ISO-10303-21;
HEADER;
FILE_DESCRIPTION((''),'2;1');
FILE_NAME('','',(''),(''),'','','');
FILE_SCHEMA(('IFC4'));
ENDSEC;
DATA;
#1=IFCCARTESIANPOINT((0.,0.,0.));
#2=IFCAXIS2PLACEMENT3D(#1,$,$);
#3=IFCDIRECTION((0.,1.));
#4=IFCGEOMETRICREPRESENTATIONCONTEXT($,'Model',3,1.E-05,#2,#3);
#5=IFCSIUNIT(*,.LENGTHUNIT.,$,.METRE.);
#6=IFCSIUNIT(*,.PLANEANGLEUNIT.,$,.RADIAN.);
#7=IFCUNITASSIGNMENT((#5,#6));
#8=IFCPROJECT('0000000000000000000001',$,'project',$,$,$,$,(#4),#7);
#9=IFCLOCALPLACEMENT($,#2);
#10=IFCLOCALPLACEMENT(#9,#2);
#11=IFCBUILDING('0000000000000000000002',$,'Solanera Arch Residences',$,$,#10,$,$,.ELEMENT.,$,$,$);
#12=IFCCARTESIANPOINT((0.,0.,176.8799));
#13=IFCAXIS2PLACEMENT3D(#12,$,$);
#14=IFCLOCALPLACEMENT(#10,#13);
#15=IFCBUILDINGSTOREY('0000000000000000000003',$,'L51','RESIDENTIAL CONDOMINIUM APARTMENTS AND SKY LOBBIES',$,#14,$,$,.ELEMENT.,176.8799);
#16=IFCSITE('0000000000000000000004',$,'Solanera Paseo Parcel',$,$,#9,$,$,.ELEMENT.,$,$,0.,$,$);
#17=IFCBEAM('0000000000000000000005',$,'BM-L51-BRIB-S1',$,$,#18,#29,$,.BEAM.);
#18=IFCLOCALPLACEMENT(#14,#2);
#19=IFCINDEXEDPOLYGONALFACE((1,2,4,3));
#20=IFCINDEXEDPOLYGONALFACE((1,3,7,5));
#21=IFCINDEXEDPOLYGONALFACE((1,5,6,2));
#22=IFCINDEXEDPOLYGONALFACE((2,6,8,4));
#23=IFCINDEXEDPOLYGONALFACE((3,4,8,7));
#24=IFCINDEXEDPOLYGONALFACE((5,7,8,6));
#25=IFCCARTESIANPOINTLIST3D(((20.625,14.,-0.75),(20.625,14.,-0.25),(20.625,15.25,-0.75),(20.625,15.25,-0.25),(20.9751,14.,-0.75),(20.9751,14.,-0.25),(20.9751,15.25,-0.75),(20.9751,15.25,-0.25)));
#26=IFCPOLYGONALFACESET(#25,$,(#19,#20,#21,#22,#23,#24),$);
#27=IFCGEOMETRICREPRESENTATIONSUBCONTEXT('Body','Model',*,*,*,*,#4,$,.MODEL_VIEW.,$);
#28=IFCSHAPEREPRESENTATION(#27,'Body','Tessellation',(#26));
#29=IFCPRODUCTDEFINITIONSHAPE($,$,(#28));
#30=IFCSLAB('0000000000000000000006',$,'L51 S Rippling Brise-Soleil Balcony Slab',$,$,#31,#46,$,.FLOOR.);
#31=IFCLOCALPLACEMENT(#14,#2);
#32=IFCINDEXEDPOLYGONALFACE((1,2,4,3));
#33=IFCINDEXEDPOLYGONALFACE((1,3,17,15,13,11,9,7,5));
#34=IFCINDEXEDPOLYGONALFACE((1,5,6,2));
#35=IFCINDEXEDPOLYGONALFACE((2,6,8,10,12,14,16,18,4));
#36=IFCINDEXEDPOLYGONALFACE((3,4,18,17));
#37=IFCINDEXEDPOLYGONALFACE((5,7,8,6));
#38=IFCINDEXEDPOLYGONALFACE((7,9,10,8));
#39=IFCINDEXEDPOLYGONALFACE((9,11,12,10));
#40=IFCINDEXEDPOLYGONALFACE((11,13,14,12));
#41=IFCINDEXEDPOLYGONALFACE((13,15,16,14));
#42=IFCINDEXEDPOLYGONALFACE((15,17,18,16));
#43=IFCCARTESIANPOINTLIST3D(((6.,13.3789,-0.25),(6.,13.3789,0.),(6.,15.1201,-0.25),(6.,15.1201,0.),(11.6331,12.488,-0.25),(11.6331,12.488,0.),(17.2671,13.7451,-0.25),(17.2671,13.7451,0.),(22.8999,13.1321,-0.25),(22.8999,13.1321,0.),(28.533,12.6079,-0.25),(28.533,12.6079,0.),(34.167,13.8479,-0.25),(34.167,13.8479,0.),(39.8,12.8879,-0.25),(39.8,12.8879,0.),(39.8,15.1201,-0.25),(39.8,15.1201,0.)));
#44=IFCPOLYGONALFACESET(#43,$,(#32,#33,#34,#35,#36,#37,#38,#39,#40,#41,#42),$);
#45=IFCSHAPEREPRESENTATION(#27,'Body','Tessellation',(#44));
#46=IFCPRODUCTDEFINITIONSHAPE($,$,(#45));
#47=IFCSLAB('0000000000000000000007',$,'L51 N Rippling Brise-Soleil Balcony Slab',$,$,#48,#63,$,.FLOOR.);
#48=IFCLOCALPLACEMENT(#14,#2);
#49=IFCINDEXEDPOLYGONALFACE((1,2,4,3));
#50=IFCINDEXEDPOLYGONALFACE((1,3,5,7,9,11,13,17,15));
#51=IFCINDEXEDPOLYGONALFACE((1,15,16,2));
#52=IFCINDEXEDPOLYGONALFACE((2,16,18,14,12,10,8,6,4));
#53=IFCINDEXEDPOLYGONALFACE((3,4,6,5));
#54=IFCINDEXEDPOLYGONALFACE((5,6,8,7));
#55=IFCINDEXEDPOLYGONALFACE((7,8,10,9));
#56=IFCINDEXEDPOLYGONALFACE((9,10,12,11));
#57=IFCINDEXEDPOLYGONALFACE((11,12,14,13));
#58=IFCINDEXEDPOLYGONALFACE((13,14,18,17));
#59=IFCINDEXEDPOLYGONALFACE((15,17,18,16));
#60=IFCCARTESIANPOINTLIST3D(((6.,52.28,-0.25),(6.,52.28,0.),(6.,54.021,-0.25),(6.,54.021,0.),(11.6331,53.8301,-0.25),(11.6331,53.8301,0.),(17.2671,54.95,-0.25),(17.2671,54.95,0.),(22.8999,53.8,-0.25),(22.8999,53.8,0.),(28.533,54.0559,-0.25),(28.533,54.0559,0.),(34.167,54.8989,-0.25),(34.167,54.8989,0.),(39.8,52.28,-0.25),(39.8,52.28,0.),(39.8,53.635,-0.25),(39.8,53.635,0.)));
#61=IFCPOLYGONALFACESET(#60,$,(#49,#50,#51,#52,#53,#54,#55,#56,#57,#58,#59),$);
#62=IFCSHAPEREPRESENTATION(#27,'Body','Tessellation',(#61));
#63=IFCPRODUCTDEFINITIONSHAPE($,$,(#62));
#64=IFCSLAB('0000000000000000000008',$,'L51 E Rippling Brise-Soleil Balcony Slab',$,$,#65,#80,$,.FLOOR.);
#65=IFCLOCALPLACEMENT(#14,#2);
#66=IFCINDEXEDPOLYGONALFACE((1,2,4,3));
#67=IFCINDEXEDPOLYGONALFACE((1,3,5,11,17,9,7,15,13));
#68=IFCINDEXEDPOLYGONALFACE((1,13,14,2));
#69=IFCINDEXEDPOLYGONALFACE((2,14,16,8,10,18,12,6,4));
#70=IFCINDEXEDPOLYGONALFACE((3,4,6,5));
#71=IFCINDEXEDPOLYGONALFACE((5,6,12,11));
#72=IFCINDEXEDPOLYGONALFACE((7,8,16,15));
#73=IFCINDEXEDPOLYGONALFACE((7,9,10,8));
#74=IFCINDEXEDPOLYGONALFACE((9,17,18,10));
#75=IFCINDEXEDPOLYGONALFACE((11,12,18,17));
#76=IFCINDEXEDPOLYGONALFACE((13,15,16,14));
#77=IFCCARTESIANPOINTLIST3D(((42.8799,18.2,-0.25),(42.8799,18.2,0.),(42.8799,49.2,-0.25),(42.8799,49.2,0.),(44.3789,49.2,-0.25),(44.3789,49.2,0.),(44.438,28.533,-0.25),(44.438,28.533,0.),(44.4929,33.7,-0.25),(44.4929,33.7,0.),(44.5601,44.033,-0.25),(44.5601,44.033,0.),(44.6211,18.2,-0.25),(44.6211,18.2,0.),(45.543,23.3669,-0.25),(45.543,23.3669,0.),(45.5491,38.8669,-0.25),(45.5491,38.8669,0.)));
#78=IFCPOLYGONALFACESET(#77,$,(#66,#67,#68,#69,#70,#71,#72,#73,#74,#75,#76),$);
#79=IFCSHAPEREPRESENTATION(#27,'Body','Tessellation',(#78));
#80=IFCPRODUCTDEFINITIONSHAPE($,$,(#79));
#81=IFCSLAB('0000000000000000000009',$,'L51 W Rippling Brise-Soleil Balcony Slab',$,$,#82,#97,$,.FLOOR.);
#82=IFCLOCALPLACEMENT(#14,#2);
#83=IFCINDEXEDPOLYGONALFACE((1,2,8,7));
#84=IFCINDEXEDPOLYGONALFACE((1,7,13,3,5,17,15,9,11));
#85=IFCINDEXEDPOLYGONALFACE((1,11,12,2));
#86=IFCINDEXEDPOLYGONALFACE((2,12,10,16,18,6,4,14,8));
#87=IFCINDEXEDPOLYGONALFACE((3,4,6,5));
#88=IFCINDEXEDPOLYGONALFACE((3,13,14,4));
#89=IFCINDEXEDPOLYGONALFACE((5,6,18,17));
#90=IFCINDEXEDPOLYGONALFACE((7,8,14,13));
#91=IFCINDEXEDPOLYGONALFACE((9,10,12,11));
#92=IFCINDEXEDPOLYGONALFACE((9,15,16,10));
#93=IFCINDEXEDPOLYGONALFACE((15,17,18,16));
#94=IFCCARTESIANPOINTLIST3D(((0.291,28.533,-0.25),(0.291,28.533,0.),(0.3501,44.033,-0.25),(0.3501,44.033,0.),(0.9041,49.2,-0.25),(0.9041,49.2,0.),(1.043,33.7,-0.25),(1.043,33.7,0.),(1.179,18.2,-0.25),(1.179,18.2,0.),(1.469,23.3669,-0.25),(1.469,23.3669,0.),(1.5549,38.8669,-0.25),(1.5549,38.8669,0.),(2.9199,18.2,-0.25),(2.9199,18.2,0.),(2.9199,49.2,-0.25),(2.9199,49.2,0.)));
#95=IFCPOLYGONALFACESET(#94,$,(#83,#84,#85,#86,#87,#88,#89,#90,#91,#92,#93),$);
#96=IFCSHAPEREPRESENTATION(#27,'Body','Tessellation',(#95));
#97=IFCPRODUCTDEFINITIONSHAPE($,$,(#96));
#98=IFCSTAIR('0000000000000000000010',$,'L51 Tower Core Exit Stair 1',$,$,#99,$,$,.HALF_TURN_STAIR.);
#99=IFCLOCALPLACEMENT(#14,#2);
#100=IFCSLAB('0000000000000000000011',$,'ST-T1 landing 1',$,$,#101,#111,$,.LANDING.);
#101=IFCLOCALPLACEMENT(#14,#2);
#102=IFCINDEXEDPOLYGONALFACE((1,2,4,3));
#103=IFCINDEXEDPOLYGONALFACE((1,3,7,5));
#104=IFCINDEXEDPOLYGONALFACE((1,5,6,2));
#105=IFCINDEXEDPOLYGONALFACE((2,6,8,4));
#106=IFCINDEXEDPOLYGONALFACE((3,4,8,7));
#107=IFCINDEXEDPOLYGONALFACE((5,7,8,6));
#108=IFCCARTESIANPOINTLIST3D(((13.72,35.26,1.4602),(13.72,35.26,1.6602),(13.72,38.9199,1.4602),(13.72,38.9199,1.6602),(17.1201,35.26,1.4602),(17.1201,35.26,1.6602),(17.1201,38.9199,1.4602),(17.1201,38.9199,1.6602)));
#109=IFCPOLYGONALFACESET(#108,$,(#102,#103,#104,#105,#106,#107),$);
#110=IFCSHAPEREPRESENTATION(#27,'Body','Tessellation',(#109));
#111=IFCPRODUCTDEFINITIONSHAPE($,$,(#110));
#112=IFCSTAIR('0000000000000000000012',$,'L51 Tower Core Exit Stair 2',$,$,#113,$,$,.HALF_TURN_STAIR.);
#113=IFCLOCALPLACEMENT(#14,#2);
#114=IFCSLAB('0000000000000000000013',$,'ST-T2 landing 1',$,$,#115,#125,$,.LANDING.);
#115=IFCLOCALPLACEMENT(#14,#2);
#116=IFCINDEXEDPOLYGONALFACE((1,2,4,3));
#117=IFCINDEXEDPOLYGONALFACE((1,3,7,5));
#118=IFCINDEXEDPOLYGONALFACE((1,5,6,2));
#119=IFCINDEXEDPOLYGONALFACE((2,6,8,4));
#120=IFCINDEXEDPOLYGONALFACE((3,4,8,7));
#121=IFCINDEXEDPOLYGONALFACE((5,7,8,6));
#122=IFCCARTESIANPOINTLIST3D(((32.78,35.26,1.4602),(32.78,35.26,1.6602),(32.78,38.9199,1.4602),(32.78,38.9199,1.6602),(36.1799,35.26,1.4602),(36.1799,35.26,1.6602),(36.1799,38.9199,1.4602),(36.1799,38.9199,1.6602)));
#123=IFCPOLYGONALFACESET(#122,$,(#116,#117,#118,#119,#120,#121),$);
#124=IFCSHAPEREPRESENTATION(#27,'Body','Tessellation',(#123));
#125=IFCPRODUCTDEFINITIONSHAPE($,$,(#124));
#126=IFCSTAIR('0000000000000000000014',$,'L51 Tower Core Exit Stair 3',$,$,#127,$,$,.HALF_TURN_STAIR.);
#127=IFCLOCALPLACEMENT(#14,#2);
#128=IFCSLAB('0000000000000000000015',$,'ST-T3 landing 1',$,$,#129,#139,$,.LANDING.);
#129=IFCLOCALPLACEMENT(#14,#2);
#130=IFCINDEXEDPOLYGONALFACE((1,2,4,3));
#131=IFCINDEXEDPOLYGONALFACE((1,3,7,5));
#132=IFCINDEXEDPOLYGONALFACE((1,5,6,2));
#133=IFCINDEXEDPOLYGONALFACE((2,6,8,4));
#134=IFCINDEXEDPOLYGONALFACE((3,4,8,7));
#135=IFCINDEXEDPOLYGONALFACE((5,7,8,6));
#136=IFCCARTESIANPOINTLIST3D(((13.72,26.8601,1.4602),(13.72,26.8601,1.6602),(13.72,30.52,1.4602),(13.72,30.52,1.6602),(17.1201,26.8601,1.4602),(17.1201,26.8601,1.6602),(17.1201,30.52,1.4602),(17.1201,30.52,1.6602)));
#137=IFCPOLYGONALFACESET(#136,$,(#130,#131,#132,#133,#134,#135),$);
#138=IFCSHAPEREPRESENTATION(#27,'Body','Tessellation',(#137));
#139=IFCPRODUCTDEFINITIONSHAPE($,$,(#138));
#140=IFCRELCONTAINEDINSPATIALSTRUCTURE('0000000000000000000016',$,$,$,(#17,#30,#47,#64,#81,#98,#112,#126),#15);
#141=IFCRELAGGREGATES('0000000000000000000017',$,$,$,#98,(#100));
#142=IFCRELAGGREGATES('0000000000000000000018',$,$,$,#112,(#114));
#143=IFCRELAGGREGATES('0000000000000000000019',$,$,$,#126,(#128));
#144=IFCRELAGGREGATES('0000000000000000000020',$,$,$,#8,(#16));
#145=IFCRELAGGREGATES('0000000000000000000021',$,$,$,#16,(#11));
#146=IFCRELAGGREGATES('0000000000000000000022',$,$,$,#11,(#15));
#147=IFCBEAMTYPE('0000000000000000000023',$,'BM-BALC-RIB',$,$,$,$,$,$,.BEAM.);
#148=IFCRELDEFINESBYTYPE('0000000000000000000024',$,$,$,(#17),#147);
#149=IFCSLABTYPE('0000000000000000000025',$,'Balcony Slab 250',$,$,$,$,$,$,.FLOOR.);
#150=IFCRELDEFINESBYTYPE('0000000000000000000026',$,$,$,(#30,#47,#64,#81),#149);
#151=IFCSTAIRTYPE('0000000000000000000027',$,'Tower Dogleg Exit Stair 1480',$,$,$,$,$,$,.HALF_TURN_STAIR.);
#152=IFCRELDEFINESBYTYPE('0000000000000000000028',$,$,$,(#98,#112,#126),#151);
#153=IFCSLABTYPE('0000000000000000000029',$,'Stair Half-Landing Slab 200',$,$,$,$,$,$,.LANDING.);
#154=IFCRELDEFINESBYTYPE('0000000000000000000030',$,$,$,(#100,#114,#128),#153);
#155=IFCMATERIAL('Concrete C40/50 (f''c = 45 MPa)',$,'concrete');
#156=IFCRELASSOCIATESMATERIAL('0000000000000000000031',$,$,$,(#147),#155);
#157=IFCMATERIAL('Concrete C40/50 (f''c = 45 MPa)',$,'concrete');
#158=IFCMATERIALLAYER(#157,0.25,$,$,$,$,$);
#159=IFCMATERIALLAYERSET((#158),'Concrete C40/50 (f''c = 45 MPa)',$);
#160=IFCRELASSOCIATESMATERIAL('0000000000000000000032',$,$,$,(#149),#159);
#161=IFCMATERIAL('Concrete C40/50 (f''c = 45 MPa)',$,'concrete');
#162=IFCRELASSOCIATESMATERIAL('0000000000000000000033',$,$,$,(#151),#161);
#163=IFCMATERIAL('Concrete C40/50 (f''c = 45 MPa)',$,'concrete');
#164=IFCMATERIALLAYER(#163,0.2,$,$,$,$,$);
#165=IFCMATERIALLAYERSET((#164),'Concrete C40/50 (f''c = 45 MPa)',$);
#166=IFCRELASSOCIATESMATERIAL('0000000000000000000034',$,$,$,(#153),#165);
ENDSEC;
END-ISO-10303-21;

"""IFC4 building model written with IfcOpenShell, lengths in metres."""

from ifc_helpers import new_model, si_unit, direction, frame, origin, origin_2d, place, context, subcontext, project, spatial, polyline, rectangle, outline, extrude, material, layer, layer_set, material_profile, profile_set, type_object, element, aggregate, save


model = new_model("IFC4")

# Units and contexts
model_context = context("Model", 3, precision=1e-05, world=origin(), true_north=direction((0.0, 1.0)))
body_context = subcontext(model_context, "Body", "Model", "MODEL_VIEW")
ifc_project = project(units=[si_unit("LENGTHUNIT", "METRE"), si_unit("PLANEANGLEUNIT", "RADIAN")], contexts=[model_context])

# Site, building, storey
site_placement = place(None, origin())
site = spatial("IfcSite", under=ifc_project, at=site_placement, Name="Solanera Paseo Parcel", CompositionType="ELEMENT", RefElevation=0.0)
building_placement = place(site_placement, origin())
building = spatial("IfcBuilding", under=site, at=building_placement, Name="Solanera Arch Residences", CompositionType="ELEMENT")
storey_placement = place(building_placement, frame((0.0, 0.0, 176.8799)))
storey = spatial("IfcBuildingStorey", under=building, at=storey_placement, Name="L51", Description="RESIDENTIAL CONDOMINIUM APARTMENTS AND SKY LOBBIES", CompositionType="ELEMENT", Elevation=176.8799)

# Beam
ifc_material_1 = material(Name="Concrete C40/50 (f'c = 45 MPa)", Category="concrete")
ifc_material_profile = material_profile(ifc_material_1, rectangle(XDim=0.3501, YDim=0.5, at=origin_2d()))
ifc_profile_set = profile_set([ifc_material_profile], Name="Concrete C40/50 (f'c = 45 MPa)")
beam_type = type_object("IfcBeamType", Name="BM-BALC-RIB", PredefinedType="BEAM", material=ifc_profile_set)
beam_placement = place(storey_placement, frame((20.8, 14.0, -0.5), z_axis=(0.0, 1.0, 0.0), x_axis=(-1.0, 0.0, 0.0)))
element("IfcBeam", 1, at=beam_placement, inside=storey, type_object=beam_type, Name="BM-L51-BRIB-S1", PredefinedType="BEAM", context=body_context, shape_type="SweptSolid", body=[
    extrude(rectangle(XDim=0.3501, YDim=0.5, at=origin_2d()), origin(), (0.0, 0.0, 1.0), 1.25),
])

# Slabs
ifc_material_2 = material(Name="Concrete C40/50 (f'c = 45 MPa)", Category="concrete")
ifc_layer_1 = layer(ifc_material_2, 0.25)
ifc_layer_set_1 = layer_set([ifc_layer_1], Name="Concrete C40/50 (f'c = 45 MPa)")
slab_type_1 = type_object("IfcSlabType", Name="Balcony Slab 250", PredefinedType="FLOOR", material=ifc_layer_set_1)
slab_1_placement = place(storey_placement, frame((0.0, 0.0, -0.25)))
element("IfcSlab", 2, at=slab_1_placement, inside=storey, type_object=slab_type_1, Name="L51 S Rippling Brise-Soleil Balcony Slab", PredefinedType="FLOOR", context=body_context, shape_type="SweptSolid", body=[
    extrude(outline(polyline([(6.0, 13.3789), (11.6331, 12.488), (17.2671, 13.7451), (22.8999, 13.1321), (28.533, 12.6079), (34.167, 13.8479), (39.8, 12.8879), (39.8, 15.1201), (6.0, 15.1201), (6.0, 13.3789)])), origin(), (0.0, 0.0, 1.0), 0.25),
])
slab_2_placement = place(storey_placement, frame((0.0, 0.0, -0.25)))
element("IfcSlab", 3, at=slab_2_placement, inside=storey, type_object=slab_type_1, Name="L51 N Rippling Brise-Soleil Balcony Slab", PredefinedType="FLOOR", context=body_context, shape_type="SweptSolid", body=[
    extrude(outline(polyline([(39.8, 53.635), (34.167, 54.8989), (28.533, 54.0559), (22.8999, 53.8), (17.2671, 54.95), (11.6331, 53.8301), (6.0, 54.021), (6.0, 52.28), (39.8, 52.28), (39.8, 53.635)])), origin(), (0.0, 0.0, 1.0), 0.25),
])
slab_3_placement = place(storey_placement, frame((0.0, 0.0, -0.25)))
element("IfcSlab", 4, at=slab_3_placement, inside=storey, type_object=slab_type_1, Name="L51 E Rippling Brise-Soleil Balcony Slab", PredefinedType="FLOOR", context=body_context, shape_type="SweptSolid", body=[
    extrude(outline(polyline([(44.6211, 18.2), (45.543, 23.3669), (44.438, 28.533), (44.4929, 33.7), (45.5491, 38.8669), (44.5601, 44.033), (44.3789, 49.2), (42.8799, 49.2), (42.8799, 18.2), (44.6211, 18.2)])), origin(), (0.0, 0.0, 1.0), 0.25),
])
slab_4_placement = place(storey_placement, frame((0.0, 0.0, -0.25)))
element("IfcSlab", 5, at=slab_4_placement, inside=storey, type_object=slab_type_1, Name="L51 W Rippling Brise-Soleil Balcony Slab", PredefinedType="FLOOR", context=body_context, shape_type="SweptSolid", body=[
    extrude(outline(polyline([(0.9041, 49.2), (0.3501, 44.033), (1.5549, 38.8669), (1.043, 33.7), (0.291, 28.533), (1.469, 23.3669), (1.179, 18.2), (2.9199, 18.2), (2.9199, 49.2), (0.9041, 49.2)])), origin(), (0.0, 0.0, 1.0), 0.25),
])

# Stairs, slabs
ifc_material_3 = material(Name="Concrete C40/50 (f'c = 45 MPa)", Category="concrete")
stair_type = type_object("IfcStairType", Name="Tower Dogleg Exit Stair 1480", PredefinedType="HALF_TURN_STAIR", material=ifc_material_3)
stair_1_placement = place(storey_placement, origin())
stair_1 = element("IfcStair", 6, at=stair_1_placement, inside=storey, type_object=stair_type, Name="L51 Tower Core Exit Stair 1", PredefinedType="HALF_TURN_STAIR")
ifc_material_4 = material(Name="Concrete C40/50 (f'c = 45 MPa)", Category="concrete")
ifc_layer_2 = layer(ifc_material_4, 0.2)
ifc_layer_set_2 = layer_set([ifc_layer_2], Name="Concrete C40/50 (f'c = 45 MPa)")
slab_type_2 = type_object("IfcSlabType", Name="Stair Half-Landing Slab 200", PredefinedType="LANDING", material=ifc_layer_set_2)
slab_5_placement = place(storey_placement, frame((0.0, 0.0, 1.4602)))
slab_5 = element("IfcSlab", 7, at=slab_5_placement, type_object=slab_type_2, Name="ST-T1 landing 1", PredefinedType="LANDING", context=body_context, shape_type="SweptSolid", body=[
    extrude(outline(polyline([(17.1201, 35.26), (17.1201, 38.9199), (13.72, 38.9199), (13.72, 35.26), (17.1201, 35.26)])), origin(), (0.0, 0.0, 1.0), 0.2),
])
aggregate(stair_1, [slab_5])
stair_2_placement = place(storey_placement, origin())
stair_2 = element("IfcStair", 8, at=stair_2_placement, inside=storey, type_object=stair_type, Name="L51 Tower Core Exit Stair 2", PredefinedType="HALF_TURN_STAIR")
slab_6_placement = place(storey_placement, frame((0.0, 0.0, 1.4602)))
slab_6 = element("IfcSlab", 9, at=slab_6_placement, type_object=slab_type_2, Name="ST-T2 landing 1", PredefinedType="LANDING", context=body_context, shape_type="SweptSolid", body=[
    extrude(outline(polyline([(36.1799, 35.26), (36.1799, 38.9199), (32.78, 38.9199), (32.78, 35.26), (36.1799, 35.26)])), origin(), (0.0, 0.0, 1.0), 0.2),
])
aggregate(stair_2, [slab_6])
stair_3_placement = place(storey_placement, origin())
stair_3 = element("IfcStair", 10, at=stair_3_placement, inside=storey, type_object=stair_type, Name="L51 Tower Core Exit Stair 3", PredefinedType="HALF_TURN_STAIR")
slab_7_placement = place(storey_placement, frame((0.0, 0.0, 1.4602)))
slab_7 = element("IfcSlab", 11, at=slab_7_placement, type_object=slab_type_2, Name="ST-T3 landing 1", PredefinedType="LANDING", context=body_context, shape_type="SweptSolid", body=[
    extrude(outline(polyline([(17.1201, 26.8601), (17.1201, 30.52), (13.72, 30.52), (13.72, 26.8601), (17.1201, 26.8601)])), origin(), (0.0, 0.0, 1.0), 0.2),
])
aggregate(stair_3, [slab_7])

save(model, "model.ifc")
